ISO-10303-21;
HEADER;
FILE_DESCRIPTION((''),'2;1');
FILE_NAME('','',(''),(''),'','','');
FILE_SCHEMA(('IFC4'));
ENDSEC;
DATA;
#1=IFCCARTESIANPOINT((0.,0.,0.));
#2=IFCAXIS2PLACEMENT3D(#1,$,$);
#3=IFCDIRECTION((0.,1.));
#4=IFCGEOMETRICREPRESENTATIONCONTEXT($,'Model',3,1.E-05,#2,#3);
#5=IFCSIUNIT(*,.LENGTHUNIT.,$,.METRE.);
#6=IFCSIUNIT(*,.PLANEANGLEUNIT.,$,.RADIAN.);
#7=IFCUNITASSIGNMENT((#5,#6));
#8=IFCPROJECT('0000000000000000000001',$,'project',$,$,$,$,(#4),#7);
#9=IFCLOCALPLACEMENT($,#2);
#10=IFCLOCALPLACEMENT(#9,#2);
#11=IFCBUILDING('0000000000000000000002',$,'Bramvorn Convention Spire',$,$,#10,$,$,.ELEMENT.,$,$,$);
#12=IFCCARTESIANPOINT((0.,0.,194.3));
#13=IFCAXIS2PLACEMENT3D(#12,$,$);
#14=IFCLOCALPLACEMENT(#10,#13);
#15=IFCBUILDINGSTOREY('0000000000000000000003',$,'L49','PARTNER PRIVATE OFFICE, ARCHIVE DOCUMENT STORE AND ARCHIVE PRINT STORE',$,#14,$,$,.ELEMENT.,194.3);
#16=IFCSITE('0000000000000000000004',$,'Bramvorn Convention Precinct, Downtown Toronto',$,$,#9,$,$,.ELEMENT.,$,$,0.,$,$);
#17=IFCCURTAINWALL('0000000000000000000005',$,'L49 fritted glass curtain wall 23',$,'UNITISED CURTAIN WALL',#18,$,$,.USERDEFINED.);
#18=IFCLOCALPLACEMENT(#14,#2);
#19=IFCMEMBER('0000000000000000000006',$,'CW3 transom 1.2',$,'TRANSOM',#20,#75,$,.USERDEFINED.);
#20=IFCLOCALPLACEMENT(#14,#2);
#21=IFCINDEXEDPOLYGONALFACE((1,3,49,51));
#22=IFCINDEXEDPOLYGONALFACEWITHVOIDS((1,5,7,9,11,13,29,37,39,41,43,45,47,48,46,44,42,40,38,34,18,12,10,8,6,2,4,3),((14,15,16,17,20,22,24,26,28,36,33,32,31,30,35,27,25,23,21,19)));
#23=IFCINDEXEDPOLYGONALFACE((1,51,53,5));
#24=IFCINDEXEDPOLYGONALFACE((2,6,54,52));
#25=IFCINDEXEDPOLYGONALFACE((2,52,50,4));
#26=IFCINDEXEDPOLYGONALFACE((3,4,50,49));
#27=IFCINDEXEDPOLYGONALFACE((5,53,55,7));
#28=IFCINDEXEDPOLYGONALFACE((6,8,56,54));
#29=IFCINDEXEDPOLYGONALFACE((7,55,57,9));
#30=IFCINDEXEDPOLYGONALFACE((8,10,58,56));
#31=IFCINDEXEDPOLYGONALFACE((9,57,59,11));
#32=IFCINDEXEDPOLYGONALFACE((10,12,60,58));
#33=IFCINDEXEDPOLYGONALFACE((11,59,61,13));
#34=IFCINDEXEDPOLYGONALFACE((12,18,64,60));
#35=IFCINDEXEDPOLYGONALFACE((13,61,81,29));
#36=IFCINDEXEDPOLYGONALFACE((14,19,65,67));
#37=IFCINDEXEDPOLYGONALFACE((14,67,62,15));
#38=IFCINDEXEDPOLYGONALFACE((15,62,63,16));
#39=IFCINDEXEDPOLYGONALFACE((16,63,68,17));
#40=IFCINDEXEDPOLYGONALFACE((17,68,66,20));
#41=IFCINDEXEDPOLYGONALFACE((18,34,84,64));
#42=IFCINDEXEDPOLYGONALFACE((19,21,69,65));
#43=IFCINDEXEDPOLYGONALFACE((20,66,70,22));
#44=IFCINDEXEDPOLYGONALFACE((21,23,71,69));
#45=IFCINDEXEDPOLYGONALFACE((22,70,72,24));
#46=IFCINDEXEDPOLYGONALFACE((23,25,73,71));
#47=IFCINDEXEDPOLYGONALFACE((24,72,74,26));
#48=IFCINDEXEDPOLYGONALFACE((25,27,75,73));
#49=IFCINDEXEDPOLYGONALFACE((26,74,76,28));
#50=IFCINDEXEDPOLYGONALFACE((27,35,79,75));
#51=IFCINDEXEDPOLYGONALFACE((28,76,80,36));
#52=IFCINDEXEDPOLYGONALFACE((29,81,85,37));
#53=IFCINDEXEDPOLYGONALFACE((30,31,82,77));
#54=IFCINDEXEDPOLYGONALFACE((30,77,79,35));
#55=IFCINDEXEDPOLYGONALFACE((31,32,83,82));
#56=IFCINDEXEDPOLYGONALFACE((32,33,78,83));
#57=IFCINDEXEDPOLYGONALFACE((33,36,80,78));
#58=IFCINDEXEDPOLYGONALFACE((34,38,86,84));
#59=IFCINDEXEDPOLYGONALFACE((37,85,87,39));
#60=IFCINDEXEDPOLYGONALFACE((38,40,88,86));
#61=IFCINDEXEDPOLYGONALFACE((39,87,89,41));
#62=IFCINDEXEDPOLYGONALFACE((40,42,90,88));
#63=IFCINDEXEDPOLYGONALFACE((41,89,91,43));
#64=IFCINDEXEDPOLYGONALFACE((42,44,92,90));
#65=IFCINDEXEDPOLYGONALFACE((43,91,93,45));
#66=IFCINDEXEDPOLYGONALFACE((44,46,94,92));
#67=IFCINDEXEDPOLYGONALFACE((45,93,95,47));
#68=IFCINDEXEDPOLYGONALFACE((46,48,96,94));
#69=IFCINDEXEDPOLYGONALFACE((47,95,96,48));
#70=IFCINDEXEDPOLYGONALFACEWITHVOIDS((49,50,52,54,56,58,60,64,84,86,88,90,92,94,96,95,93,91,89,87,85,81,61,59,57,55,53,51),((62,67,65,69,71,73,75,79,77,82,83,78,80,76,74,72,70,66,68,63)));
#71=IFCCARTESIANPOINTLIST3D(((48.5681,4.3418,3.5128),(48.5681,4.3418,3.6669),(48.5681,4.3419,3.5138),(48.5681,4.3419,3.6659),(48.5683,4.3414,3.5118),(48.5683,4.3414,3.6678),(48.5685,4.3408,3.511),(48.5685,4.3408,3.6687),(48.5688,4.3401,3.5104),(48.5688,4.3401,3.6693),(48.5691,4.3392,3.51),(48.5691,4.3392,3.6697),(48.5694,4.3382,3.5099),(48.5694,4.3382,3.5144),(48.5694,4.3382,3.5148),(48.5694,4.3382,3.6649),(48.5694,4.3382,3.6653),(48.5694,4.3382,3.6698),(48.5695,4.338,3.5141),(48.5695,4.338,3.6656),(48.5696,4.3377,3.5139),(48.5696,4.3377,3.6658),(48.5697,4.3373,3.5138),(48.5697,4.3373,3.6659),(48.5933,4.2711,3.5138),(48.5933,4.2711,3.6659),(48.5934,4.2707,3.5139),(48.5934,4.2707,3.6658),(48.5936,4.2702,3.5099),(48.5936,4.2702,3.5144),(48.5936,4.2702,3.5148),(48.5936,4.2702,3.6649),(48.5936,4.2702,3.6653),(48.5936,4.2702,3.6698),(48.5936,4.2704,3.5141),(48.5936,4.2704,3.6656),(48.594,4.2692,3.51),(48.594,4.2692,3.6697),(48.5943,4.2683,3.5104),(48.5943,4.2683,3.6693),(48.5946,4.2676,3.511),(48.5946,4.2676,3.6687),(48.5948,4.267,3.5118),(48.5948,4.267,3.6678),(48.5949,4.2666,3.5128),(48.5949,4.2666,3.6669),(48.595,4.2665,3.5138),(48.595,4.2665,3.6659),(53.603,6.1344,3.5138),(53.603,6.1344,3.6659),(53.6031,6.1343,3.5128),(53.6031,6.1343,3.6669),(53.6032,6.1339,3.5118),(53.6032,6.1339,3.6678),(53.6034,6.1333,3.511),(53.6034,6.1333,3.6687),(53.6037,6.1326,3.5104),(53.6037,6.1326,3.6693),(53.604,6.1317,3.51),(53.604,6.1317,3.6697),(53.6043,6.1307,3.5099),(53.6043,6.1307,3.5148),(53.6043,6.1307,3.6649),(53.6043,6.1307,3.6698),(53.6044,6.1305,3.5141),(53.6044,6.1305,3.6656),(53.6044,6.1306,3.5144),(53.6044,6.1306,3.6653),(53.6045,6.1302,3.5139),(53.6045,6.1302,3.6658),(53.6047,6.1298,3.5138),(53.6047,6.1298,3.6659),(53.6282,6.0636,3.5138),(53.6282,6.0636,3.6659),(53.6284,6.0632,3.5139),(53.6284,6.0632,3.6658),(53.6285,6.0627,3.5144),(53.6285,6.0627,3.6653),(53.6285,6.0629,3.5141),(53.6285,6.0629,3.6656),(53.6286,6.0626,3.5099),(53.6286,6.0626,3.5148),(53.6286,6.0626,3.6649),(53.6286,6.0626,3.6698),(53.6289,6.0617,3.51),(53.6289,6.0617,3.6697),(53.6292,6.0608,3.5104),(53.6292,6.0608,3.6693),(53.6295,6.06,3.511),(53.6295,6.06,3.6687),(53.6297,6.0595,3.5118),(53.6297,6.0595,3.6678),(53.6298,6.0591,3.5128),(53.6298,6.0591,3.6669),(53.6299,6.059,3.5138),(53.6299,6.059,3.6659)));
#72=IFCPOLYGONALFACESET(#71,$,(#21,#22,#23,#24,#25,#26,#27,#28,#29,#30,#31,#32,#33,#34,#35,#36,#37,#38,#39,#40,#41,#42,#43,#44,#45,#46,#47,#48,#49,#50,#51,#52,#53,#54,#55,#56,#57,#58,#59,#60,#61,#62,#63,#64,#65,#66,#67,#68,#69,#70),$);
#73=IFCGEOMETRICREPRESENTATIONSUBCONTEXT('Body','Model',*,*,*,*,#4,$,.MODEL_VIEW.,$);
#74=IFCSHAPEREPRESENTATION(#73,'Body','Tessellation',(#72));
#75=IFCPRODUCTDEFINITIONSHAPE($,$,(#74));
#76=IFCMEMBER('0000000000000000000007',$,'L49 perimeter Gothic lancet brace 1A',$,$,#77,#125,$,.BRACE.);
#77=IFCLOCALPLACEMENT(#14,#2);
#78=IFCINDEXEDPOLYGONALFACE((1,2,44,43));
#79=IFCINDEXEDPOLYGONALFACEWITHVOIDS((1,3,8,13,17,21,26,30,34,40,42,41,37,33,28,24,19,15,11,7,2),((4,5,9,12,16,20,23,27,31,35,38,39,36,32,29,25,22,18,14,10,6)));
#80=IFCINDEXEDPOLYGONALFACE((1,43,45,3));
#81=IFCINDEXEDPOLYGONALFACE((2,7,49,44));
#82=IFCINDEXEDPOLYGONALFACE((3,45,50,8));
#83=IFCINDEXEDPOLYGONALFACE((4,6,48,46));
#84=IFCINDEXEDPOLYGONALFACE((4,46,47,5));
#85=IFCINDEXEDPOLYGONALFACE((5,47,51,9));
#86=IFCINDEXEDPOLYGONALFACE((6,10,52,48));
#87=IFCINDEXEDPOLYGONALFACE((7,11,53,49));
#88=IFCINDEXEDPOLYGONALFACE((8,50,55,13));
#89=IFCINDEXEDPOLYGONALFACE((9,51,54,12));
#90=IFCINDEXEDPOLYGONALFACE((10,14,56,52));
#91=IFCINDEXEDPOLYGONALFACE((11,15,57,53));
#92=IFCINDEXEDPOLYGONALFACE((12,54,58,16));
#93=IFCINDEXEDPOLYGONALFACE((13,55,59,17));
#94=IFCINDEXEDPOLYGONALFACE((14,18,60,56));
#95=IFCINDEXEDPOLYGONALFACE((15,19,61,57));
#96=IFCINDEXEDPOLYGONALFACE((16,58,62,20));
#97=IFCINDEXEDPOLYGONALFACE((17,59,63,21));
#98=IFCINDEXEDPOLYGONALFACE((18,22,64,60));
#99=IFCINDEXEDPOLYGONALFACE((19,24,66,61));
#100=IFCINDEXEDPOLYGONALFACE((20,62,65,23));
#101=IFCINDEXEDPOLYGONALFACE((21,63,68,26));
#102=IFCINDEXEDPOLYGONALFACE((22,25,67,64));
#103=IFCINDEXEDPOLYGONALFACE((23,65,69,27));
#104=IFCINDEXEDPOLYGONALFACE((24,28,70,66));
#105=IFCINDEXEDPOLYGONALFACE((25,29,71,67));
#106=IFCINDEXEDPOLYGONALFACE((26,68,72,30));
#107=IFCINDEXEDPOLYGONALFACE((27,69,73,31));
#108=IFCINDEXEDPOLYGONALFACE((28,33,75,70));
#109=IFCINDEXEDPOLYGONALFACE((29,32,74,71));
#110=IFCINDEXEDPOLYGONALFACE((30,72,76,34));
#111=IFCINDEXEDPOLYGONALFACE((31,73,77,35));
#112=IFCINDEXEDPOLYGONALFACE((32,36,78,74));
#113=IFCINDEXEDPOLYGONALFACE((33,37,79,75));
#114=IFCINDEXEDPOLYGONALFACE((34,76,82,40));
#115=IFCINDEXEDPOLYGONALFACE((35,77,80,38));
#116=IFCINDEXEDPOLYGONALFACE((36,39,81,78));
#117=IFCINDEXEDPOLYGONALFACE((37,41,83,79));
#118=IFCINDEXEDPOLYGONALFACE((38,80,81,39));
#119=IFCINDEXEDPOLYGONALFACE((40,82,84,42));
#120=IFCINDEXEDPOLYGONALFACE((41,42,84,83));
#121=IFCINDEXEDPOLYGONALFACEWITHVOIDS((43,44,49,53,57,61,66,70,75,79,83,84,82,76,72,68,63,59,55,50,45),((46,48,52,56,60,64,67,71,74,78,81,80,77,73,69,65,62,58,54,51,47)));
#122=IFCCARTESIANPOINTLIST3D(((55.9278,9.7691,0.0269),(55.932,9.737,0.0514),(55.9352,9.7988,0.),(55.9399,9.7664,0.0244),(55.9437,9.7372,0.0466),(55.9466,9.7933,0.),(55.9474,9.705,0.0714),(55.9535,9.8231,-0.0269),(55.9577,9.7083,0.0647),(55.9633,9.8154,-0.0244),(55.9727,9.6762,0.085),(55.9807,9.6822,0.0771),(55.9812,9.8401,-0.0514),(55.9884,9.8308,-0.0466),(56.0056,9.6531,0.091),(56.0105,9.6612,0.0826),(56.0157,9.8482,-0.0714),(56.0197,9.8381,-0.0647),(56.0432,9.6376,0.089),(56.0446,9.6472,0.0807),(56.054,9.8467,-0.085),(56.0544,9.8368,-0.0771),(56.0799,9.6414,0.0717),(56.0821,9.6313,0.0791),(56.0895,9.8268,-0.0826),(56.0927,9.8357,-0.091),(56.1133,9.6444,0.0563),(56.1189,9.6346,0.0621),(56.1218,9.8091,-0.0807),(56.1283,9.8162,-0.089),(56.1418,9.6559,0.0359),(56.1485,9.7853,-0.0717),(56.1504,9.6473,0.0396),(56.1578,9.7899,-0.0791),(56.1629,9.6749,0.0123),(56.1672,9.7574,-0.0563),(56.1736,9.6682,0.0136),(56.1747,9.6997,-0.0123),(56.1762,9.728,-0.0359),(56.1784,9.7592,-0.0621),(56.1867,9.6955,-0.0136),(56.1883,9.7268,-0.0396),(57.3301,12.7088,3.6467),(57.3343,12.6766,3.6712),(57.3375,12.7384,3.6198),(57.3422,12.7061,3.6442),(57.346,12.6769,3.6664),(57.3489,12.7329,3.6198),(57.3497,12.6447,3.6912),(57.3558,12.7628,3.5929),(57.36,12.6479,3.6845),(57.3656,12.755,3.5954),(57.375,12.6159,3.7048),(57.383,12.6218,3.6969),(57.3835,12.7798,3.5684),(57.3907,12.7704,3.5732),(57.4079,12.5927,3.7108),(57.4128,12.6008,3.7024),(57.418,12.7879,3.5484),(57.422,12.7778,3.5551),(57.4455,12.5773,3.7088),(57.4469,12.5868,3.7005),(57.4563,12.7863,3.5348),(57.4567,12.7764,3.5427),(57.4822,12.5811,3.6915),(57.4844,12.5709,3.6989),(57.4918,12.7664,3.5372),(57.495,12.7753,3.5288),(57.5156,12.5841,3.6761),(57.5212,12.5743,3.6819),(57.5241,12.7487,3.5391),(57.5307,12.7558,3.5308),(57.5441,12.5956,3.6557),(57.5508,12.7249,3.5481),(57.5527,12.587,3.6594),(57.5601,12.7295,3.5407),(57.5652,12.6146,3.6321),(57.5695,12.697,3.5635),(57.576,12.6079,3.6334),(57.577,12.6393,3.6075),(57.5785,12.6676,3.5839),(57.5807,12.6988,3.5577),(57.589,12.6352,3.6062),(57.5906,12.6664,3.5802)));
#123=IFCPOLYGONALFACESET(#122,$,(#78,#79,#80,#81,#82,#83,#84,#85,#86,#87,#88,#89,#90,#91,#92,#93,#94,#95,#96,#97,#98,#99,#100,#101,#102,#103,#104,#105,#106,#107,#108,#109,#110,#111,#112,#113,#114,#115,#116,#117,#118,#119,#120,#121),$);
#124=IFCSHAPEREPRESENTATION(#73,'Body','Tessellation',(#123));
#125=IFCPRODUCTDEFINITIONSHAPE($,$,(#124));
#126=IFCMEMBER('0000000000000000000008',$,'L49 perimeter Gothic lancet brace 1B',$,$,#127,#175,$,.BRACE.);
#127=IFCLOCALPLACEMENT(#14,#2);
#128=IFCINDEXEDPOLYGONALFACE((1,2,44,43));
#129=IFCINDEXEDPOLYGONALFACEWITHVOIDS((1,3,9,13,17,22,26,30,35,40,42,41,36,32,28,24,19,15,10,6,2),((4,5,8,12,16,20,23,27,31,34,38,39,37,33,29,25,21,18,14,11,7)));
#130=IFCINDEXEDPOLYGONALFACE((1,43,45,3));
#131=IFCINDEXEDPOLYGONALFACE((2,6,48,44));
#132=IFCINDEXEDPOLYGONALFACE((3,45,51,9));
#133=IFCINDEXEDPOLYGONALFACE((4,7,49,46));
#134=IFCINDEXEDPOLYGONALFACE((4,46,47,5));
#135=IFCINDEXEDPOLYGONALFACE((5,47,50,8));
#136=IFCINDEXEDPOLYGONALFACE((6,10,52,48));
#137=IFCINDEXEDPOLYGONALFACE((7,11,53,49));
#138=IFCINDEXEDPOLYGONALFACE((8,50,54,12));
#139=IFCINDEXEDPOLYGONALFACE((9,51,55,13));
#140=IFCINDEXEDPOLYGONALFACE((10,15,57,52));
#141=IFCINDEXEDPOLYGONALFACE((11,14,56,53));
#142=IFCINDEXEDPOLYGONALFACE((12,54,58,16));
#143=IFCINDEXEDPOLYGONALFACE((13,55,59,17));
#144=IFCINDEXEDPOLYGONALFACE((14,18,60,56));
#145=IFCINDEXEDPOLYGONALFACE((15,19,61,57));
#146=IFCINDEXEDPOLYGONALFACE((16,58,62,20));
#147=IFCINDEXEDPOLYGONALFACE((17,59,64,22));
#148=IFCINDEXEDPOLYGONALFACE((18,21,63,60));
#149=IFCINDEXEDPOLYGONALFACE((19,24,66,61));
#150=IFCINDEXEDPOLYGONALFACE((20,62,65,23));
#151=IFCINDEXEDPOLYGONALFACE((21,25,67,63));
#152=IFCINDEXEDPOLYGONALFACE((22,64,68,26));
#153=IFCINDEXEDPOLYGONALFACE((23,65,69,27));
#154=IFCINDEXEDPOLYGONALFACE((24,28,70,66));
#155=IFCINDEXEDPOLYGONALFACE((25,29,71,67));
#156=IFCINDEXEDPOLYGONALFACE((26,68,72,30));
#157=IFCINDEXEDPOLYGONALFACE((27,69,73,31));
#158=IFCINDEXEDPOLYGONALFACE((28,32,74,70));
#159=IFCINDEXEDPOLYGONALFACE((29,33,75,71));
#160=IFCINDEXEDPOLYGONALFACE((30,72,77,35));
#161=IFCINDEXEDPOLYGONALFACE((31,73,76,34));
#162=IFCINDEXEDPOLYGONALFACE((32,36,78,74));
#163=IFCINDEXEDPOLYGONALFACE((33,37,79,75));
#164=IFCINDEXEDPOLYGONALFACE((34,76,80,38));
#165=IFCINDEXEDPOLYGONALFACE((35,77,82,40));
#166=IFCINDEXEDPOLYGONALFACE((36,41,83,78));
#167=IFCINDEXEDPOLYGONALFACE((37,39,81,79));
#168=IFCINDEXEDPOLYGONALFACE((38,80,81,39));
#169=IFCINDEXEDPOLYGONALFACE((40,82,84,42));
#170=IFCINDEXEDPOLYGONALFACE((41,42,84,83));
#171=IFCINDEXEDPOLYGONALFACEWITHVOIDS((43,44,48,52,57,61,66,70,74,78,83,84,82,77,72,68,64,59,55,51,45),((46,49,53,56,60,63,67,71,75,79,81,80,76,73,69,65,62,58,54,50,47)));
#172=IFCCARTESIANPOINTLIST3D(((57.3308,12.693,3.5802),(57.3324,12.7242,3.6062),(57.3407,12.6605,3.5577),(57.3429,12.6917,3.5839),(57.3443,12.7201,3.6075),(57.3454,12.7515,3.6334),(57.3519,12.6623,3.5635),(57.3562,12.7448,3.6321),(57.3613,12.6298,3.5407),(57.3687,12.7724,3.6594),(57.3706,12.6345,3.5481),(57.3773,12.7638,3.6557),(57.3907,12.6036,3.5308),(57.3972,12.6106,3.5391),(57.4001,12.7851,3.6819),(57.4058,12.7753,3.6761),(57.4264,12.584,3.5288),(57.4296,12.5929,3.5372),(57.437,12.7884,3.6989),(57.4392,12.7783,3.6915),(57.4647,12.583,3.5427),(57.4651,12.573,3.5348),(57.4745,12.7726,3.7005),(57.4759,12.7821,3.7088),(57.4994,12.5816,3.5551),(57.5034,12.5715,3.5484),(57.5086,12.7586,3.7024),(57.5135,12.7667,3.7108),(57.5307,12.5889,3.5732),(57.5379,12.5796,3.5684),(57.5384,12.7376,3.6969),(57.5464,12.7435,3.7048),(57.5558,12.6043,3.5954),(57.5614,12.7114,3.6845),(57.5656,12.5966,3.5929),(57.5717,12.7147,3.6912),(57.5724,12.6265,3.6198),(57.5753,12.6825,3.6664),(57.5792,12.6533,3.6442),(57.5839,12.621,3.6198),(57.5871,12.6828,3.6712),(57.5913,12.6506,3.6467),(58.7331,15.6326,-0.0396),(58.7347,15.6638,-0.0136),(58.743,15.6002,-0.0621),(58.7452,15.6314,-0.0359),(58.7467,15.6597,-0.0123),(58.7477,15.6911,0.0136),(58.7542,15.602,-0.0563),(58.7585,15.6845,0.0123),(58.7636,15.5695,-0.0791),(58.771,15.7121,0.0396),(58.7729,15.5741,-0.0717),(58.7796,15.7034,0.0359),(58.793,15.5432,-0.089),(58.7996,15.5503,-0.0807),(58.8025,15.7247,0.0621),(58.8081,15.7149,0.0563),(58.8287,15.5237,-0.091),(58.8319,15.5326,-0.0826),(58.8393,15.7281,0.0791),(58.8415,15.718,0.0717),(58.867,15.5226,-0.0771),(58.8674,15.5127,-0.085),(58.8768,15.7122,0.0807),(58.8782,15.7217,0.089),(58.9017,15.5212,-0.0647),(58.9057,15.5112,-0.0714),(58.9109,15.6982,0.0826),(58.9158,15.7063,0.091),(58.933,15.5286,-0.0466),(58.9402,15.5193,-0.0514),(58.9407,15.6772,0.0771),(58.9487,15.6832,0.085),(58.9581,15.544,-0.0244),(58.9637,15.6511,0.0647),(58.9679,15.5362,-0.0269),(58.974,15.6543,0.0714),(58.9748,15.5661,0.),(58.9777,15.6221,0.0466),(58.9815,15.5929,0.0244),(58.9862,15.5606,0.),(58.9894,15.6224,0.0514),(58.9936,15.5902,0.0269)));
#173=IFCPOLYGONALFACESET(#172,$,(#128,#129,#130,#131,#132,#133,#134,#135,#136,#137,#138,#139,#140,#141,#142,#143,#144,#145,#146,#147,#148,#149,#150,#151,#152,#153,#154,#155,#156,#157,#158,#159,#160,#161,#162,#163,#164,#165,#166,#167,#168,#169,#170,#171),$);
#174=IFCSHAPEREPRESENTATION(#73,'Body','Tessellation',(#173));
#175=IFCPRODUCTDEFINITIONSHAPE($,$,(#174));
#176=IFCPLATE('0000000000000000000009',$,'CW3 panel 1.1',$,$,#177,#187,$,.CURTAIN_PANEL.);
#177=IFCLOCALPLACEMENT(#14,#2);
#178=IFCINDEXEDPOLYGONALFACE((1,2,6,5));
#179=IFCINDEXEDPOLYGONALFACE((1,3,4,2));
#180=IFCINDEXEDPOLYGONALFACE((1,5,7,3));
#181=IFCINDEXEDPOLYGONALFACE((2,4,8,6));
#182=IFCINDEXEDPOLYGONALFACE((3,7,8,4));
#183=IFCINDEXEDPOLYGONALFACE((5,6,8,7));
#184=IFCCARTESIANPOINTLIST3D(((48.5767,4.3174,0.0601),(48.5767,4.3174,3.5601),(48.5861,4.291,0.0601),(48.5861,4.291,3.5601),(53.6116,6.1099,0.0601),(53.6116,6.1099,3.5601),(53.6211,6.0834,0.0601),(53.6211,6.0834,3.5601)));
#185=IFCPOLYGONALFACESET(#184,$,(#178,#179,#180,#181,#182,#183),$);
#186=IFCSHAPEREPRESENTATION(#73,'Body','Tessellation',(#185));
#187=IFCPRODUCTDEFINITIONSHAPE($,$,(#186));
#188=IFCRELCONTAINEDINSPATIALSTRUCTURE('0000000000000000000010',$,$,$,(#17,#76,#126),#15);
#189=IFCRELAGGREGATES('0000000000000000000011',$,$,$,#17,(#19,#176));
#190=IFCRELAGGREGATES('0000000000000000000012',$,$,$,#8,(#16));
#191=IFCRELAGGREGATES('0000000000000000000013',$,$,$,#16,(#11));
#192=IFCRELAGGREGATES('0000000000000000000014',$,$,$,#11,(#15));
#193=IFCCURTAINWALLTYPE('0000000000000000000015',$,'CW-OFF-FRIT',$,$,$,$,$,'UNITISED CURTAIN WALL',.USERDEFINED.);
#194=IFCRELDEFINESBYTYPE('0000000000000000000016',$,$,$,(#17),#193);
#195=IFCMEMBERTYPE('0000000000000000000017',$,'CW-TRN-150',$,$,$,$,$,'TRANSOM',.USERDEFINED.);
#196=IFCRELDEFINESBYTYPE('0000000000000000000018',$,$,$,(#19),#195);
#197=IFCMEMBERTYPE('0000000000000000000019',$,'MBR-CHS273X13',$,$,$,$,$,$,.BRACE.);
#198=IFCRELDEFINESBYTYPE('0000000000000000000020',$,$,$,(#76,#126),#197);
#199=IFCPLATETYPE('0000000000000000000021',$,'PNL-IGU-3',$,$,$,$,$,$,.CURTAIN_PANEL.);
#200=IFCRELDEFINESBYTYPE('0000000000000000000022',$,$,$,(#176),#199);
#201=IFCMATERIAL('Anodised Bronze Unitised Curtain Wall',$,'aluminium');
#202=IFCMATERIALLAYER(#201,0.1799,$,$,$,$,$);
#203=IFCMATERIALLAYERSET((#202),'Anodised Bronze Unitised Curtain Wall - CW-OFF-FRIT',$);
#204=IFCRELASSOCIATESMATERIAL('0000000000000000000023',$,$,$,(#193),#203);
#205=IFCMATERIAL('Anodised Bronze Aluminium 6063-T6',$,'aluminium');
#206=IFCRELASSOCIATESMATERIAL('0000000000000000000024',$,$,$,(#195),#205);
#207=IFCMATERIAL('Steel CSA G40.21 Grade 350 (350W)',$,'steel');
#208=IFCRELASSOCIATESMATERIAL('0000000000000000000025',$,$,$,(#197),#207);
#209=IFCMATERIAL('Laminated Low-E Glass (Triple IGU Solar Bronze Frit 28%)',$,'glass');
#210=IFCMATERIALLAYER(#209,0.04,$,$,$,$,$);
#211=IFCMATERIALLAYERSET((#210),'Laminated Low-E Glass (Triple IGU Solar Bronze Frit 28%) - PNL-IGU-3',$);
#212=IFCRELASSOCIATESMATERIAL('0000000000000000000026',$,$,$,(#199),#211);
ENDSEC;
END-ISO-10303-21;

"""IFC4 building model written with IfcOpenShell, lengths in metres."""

from ifc_helpers import new_model, si_unit, direction, frame, origin, origin_2d, place, context, subcontext, project, spatial, rectangle, hollow_rectangle, hollow_circle, extrude, material, layer, layer_set, material_profile, profile_set, type_object, element, aggregate, save


model = new_model("IFC4")

# Units and contexts
model_context = context("Model", 3, precision=1e-05, world=origin(), true_north=direction((0.0, 1.0)))
body_context = subcontext(model_context, "Body", "Model", "MODEL_VIEW")
ifc_project = project(units=[si_unit("LENGTHUNIT", "METRE"), si_unit("PLANEANGLEUNIT", "RADIAN")], contexts=[model_context])

# Site, building, storey
site_placement = place(None, origin())
site = spatial("IfcSite", under=ifc_project, at=site_placement, Name="Bramvorn Convention Precinct, Downtown Toronto", CompositionType="ELEMENT", RefElevation=0.0)
building_placement = place(site_placement, origin())
building = spatial("IfcBuilding", under=site, at=building_placement, Name="Bramvorn Convention Spire", CompositionType="ELEMENT")
storey_placement = place(building_placement, frame((0.0, 0.0, 194.3)))
storey = spatial("IfcBuildingStorey", under=building, at=storey_placement, Name="L49", Description="PARTNER PRIVATE OFFICE, ARCHIVE DOCUMENT STORE AND ARCHIVE PRINT STORE", CompositionType="ELEMENT", Elevation=194.3)

# Shared definitions
ifc_material_1 = material(Name="Steel CSA G40.21 Grade 350 (350W)", Category="steel")

# Shared definitions
ifc_material_2 = material(Name="Anodised Bronze Unitised Curtain Wall", Category="aluminium")
ifc_layer_1 = layer(ifc_material_2, 0.1799)
ifc_layer_set_1 = layer_set([ifc_layer_1], Name="Anodised Bronze Unitised Curtain Wall - CW-OFF-FRIT")
curtain_wall_type = type_object("IfcCurtainWallType", Name="CW-OFF-FRIT", ElementType="UNITISED CURTAIN WALL", PredefinedType="USERDEFINED", material=ifc_layer_set_1)
ifc_material_3 = material(Name="Anodised Bronze Aluminium 6063-T6", Category="aluminium")

# Curtain wall
curtain_wall_1_placement = place(storey_placement, origin())
curtain_wall_1 = element("IfcCurtainWall", 1, at=curtain_wall_1_placement, inside=storey, type_object=curtain_wall_type, Name="L49 fritted glass curtain wall 23", ObjectType="UNITISED CURTAIN WALL", PredefinedType="USERDEFINED")

# Member
ifc_material_profile_1 = material_profile(ifc_material_3, hollow_rectangle(XDim=0.0801, YDim=0.1599, WallThickness=0.0039, InnerFilletRadius=0.001, OuterFilletRadius=0.0039, at=origin_2d()))
ifc_profile_set_1 = profile_set([ifc_material_profile_1], Name="Anodised Bronze Aluminium 6063-T6 - CWT80X160")
member_type_1 = type_object("IfcMemberType", Name="CW-TRN-150", ElementType="TRANSOM", PredefinedType="USERDEFINED", material=ifc_profile_set_1)
member_1_placement = place(storey_placement, frame((53.6165, 6.0967, 3.5898), z_axis=(-0.942079, -0.33539, 0.0), x_axis=(0.33539, -0.942079, 0.0)))
member_1 = element("IfcMember", 2, at=member_1_placement, type_object=member_type_1, Name="CW3 transom 1.2", ObjectType="TRANSOM", PredefinedType="USERDEFINED", context=body_context, shape_type="SweptSolid", body=[
    extrude(hollow_rectangle(XDim=0.0801, YDim=0.1599, WallThickness=0.0039, InnerFilletRadius=0.001, OuterFilletRadius=0.0039, at=origin_2d()), origin(), (0.0, 0.0, 1.0), 5.3445),
])

# Members
ifc_material_profile_2 = material_profile(ifc_material_1, hollow_circle(Radius=0.1365, WallThickness=0.0127, at=origin_2d()))
ifc_profile_set_2 = profile_set([ifc_material_profile_2], Name="Steel CSA G40.21 Grade 350 (350W) - CHS273X13")
member_type_2 = type_object("IfcMemberType", Name="MBR-CHS273X13", PredefinedType="BRACE", material=ifc_profile_set_2)
for number, where, z_axis, x_axis, name in (
    (3, (56.0583, 9.74, 0.0), (0.287986, 0.603698, 0.743379), (-0.902564, 0.430556, 0.0), "L49 perimeter Gothic lancet brace 1A"),
    (4, (58.863, 15.6194, 0.0), (-0.287986, -0.603698, 0.743379), (0.902564, -0.430556, 0.0), "L49 perimeter Gothic lancet brace 1B"),
):
    element("IfcMember", number, at=place(storey_placement, frame(where, z_axis=z_axis, x_axis=x_axis)), inside=storey, type_object=member_type_2, Name=name, PredefinedType="BRACE", context=body_context, shape_type="SweptSolid", body=[
        extrude(hollow_circle(Radius=0.1365, WallThickness=0.0127, at=origin_2d()), origin(), (0.0, 0.0, 1.0), 4.8694),
    ])

# Plate
ifc_material_4 = material(Name="Laminated Low-E Glass (Triple IGU Solar Bronze Frit 28%)", Category="glass")
ifc_layer_2 = layer(ifc_material_4, 0.04)
ifc_layer_set_2 = layer_set([ifc_layer_2], Name="Laminated Low-E Glass (Triple IGU Solar Bronze Frit 28%) - PNL-IGU-3")
plate_type = type_object("IfcPlateType", Name="PNL-IGU-3", PredefinedType="CURTAIN_PANEL", material=ifc_layer_set_2)
plate_placement = place(storey_placement, frame((51.0989, 5.2004, 0.0601), z_axis=(0.0, 0.0, 1.0), x_axis=(-0.942082, -0.335383, 0.0)))
plate = element("IfcPlate", 5, at=plate_placement, type_object=plate_type, Name="CW3 panel 1.1", PredefinedType="CURTAIN_PANEL", context=body_context, shape_type="SweptSolid", body=[
    extrude(rectangle(XDim=5.3445, YDim=0.0281, at=origin_2d()), origin(), (0.0, 0.0, 1.0), 3.5),
])
aggregate(curtain_wall_1, [member_1, plate])

save(model, "model.ifc")
